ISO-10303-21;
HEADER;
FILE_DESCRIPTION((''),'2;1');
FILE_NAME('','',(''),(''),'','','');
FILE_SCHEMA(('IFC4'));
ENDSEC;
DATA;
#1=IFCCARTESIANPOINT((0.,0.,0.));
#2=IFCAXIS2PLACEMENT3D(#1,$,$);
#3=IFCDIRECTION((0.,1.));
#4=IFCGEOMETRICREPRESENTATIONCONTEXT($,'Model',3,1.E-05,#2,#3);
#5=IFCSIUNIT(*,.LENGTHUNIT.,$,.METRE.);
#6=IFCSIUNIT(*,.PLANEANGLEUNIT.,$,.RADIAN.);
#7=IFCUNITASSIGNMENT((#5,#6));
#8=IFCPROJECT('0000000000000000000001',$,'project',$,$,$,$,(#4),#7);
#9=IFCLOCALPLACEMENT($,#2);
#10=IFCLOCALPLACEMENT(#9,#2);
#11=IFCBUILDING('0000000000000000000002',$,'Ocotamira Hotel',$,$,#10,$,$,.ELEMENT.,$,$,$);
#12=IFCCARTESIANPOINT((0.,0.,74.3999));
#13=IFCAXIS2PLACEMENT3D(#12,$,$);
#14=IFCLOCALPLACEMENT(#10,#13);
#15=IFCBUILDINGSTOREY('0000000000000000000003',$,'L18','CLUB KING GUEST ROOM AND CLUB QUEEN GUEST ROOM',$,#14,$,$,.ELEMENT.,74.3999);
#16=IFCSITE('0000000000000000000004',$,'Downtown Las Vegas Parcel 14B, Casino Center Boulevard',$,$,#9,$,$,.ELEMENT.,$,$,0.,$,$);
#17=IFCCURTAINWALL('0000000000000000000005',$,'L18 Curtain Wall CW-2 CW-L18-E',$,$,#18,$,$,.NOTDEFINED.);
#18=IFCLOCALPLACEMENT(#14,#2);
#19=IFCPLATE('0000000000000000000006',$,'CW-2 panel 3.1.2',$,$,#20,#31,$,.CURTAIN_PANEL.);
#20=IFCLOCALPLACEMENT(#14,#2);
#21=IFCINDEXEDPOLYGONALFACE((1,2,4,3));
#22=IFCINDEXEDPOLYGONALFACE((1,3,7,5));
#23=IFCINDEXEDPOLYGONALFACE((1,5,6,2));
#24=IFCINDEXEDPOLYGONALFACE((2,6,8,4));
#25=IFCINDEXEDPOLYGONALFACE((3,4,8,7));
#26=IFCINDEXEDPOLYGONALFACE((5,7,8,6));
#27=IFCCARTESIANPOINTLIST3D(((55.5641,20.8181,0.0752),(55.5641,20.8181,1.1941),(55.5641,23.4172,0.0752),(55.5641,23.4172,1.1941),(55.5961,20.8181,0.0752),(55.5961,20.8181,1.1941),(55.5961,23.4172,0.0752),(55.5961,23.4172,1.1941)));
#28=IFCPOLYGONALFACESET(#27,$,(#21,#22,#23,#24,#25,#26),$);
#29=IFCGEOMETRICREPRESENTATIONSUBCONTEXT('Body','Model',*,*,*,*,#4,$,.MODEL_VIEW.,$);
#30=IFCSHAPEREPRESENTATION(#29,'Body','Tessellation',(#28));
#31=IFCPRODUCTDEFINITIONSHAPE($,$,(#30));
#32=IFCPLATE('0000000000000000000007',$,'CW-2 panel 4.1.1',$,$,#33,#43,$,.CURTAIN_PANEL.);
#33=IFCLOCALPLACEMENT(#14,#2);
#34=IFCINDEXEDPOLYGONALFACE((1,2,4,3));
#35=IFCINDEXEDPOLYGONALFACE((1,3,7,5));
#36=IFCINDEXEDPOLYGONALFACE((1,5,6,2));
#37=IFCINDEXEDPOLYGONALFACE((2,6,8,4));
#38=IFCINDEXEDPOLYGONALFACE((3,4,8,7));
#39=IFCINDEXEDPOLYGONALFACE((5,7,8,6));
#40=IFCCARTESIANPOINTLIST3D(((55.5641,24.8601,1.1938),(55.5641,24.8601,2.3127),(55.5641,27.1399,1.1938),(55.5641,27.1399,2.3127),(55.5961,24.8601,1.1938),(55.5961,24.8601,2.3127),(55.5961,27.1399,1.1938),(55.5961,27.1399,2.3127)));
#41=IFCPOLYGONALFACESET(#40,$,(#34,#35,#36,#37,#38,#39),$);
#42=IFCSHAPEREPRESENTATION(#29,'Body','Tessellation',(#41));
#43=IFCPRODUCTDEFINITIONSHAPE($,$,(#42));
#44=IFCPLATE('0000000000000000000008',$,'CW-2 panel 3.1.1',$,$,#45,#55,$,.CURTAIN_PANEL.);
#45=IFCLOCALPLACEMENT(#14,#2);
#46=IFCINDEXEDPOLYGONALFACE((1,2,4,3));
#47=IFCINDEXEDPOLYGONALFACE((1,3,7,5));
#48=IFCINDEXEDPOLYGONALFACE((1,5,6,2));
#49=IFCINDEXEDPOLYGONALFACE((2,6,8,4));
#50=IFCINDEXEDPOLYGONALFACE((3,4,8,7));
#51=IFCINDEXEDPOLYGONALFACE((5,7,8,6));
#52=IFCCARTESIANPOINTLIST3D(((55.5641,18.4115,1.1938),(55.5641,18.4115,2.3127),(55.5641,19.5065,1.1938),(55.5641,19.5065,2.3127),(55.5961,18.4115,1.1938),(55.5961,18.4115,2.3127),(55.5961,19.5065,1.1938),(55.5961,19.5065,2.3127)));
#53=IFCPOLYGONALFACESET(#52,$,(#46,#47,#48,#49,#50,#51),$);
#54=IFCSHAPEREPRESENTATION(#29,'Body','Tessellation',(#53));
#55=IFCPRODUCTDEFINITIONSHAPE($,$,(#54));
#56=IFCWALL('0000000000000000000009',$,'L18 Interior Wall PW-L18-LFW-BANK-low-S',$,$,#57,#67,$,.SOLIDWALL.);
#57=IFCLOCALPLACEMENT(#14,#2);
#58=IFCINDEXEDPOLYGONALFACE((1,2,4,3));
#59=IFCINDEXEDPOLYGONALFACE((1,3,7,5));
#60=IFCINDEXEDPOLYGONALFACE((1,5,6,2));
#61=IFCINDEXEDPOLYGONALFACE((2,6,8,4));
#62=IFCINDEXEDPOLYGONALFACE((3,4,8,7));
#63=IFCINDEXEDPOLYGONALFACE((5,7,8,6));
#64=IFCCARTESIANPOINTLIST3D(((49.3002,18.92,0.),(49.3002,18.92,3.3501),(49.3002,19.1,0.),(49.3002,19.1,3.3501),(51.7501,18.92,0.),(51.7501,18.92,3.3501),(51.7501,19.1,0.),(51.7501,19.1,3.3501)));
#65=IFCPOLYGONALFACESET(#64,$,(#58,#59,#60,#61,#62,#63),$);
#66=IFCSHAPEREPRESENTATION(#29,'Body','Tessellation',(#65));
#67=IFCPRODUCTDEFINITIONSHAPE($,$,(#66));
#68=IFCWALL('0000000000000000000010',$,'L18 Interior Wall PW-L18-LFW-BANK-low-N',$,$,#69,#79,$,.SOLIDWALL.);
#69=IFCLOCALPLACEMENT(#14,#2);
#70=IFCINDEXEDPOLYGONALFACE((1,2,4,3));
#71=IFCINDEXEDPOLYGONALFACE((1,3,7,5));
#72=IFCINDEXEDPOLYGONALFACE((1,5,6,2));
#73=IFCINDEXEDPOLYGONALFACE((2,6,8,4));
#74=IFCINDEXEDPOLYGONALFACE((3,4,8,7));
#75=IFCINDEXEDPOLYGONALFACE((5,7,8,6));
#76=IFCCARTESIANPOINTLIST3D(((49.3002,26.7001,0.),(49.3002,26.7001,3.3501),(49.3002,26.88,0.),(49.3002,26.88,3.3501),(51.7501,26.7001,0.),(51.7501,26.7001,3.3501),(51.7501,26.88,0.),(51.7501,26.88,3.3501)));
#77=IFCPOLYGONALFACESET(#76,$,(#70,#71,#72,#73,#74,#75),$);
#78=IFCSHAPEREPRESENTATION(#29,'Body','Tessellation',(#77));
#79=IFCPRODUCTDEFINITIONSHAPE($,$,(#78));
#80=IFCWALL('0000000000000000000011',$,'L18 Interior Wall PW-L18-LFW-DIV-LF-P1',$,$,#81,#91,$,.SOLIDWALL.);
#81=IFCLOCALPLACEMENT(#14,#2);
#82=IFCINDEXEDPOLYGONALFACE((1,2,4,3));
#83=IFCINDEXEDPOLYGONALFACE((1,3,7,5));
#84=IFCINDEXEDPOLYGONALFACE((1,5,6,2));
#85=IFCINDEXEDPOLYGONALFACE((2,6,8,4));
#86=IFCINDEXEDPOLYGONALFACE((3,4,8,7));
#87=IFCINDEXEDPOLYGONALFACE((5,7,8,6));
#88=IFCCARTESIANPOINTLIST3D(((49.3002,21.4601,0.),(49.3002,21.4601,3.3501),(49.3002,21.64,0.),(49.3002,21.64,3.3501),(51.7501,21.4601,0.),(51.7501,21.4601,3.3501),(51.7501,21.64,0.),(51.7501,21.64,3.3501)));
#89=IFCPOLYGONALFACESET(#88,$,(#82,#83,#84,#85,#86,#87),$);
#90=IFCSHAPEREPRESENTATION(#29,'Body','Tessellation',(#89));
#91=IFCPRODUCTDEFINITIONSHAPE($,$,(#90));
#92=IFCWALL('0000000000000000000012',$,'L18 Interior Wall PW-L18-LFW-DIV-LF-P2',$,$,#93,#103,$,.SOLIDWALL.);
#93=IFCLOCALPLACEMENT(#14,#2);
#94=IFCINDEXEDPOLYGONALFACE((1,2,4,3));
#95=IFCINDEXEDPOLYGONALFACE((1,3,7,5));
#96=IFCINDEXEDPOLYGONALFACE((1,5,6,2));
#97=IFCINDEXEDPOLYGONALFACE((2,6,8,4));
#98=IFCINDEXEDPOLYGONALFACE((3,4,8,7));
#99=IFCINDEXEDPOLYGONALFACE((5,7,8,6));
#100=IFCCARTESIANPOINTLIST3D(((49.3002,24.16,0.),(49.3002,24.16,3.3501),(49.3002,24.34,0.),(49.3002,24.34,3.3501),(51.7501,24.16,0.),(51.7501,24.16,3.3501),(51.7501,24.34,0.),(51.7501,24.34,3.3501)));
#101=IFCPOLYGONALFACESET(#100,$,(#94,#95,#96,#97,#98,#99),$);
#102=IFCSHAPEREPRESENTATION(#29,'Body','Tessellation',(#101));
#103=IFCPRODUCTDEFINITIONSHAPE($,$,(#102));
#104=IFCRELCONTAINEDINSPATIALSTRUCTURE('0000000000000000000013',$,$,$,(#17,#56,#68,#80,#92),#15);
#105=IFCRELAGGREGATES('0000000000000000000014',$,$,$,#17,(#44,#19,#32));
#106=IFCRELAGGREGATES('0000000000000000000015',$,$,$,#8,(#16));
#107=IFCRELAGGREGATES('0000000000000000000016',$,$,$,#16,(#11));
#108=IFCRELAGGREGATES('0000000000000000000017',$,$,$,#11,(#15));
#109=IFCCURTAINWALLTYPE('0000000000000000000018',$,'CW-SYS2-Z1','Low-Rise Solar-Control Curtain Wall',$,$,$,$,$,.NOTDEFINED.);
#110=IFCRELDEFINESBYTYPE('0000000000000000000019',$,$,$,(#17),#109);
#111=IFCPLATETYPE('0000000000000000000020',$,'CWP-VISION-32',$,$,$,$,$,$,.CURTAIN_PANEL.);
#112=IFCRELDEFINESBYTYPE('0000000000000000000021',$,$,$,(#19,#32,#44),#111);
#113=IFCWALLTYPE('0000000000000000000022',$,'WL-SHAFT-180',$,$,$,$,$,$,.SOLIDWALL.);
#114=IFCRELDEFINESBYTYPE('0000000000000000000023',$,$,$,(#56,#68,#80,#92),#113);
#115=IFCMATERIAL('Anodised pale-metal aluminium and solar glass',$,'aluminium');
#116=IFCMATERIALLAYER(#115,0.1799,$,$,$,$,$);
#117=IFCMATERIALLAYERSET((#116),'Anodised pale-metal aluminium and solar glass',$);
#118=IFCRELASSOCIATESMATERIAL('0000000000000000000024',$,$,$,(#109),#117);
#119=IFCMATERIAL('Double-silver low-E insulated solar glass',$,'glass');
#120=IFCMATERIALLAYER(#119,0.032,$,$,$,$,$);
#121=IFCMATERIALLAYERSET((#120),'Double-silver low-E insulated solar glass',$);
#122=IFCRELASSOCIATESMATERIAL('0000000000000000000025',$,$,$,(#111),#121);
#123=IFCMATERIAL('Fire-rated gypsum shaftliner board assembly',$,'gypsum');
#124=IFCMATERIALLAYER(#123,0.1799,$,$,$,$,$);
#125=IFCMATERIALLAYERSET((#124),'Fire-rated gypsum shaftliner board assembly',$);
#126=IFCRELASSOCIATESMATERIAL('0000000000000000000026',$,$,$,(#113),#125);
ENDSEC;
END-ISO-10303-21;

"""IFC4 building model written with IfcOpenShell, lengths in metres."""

from ifc_helpers import new_model, si_unit, direction, frame, frame_2d, origin, origin_2d, place, context, subcontext, project, spatial, rectangle, extrude, source, transform, mapped, material, layer, layer_set, type_object, element, aggregate, save


model = new_model("IFC4")

# Units and contexts
model_context = context("Model", 3, precision=1e-05, world=origin(), true_north=direction((0.0, 1.0)))
body_context = subcontext(model_context, "Body", "Model", "MODEL_VIEW")
ifc_project = project(units=[si_unit("LENGTHUNIT", "METRE"), si_unit("PLANEANGLEUNIT", "RADIAN")], contexts=[model_context])

# Site, building, storey
site_placement = place(None, origin())
site = spatial("IfcSite", under=ifc_project, at=site_placement, Name="Downtown Las Vegas Parcel 14B, Casino Center Boulevard", CompositionType="ELEMENT", RefElevation=0.0)
building_placement = place(site_placement, origin())
building = spatial("IfcBuilding", under=site, at=building_placement, Name="Ocotamira Hotel", CompositionType="ELEMENT")
storey_placement = place(building_placement, frame((0.0, 0.0, 74.3999)))
storey = spatial("IfcBuildingStorey", under=building, at=storey_placement, Name="L18", Description="CLUB KING GUEST ROOM AND CLUB QUEEN GUEST ROOM", CompositionType="ELEMENT", Elevation=74.3999)

# Curtain wall
ifc_material_1 = material(Name="Anodised pale-metal aluminium and solar glass", Category="aluminium")
ifc_layer_1 = layer(ifc_material_1, 0.1799)
ifc_layer_set_1 = layer_set([ifc_layer_1], Name="Anodised pale-metal aluminium and solar glass")
curtain_wall_type = type_object("IfcCurtainWallType", Name="CW-SYS2-Z1", Description="Low-Rise Solar-Control Curtain Wall", PredefinedType="NOTDEFINED", material=ifc_layer_set_1)
curtain_wall_placement = place(storey_placement, origin())
curtain_wall = element("IfcCurtainWall", 1, at=curtain_wall_placement, inside=storey, type_object=curtain_wall_type, Name="L18 Curtain Wall CW-2 CW-L18-E", PredefinedType="NOTDEFINED")

# Plates
ifc_material_2 = material(Name="Double-silver low-E insulated solar glass", Category="glass")
ifc_layer_2 = layer(ifc_material_2, 0.032)
ifc_layer_set_2 = layer_set([ifc_layer_2], Name="Double-silver low-E insulated solar glass")
plate_type_1 = type_object("IfcPlateType", Name="CWP-VISION-32", PredefinedType="CURTAIN_PANEL", material=ifc_layer_set_2)
shared_shape_1 = source(origin(), body_context, "Body", "SweptSolid", [
    extrude(rectangle(XDim=2.5991, YDim=0.032, at=origin_2d()), origin(), (0.0, 0.0, 1.0), 1.1189),
])
plate_1_placement = place(storey_placement, frame((55.5801, 22.1177, 0.0752), z_axis=(0.0, 0.0, 1.0), x_axis=(0.0, 1.0, 0.0)))
plate_1 = element("IfcPlate", 2, at=plate_1_placement, type_object=plate_type_1, Name="CW-2 panel 3.1.2", PredefinedType="CURTAIN_PANEL", context=body_context, shape_type="MappedRepresentation", body=[
    mapped(shared_shape_1, transform((0.0, 0.0, 0.0), scale=1.0)),
])
shared_shape_2 = source(origin(), body_context, "Body", "SweptSolid", [
    extrude(rectangle(XDim=2.2798, YDim=0.032, at=origin_2d()), origin(), (0.0, 0.0, 1.0), 1.1189),
])
plate_2_placement = place(storey_placement, frame((55.5801, 26.0, 1.1938), z_axis=(0.0, 0.0, 1.0), x_axis=(0.0, 1.0, 0.0)))
plate_2 = element("IfcPlate", 3, at=plate_2_placement, type_object=plate_type_1, Name="CW-2 panel 4.1.1", PredefinedType="CURTAIN_PANEL", context=body_context, shape_type="MappedRepresentation", body=[
    mapped(shared_shape_2, transform((0.0, 0.0, 0.0), scale=1.0)),
])
shared_shape_3 = source(origin(), body_context, "Body", "SweptSolid", [
    extrude(rectangle(XDim=1.095, YDim=0.032, at=origin_2d()), origin(), (0.0, 0.0, 1.0), 1.1189),
])
plate_3_placement = place(storey_placement, frame((55.5801, 18.959, 1.1938), z_axis=(0.0, 0.0, 1.0), x_axis=(0.0, 1.0, 0.0)))
plate_3 = element("IfcPlate", 4, at=plate_3_placement, type_object=plate_type_1, Name="CW-2 panel 3.1.1", PredefinedType="CURTAIN_PANEL", context=body_context, shape_type="MappedRepresentation", body=[
    mapped(shared_shape_3, transform((0.0, 0.0, 0.0), scale=1.0)),
])
aggregate(curtain_wall, [plate_3, plate_1, plate_2])

# Walls
ifc_material_3 = material(Name="Fire-rated gypsum shaftliner board assembly", Category="gypsum")
ifc_layer_3 = layer(ifc_material_3, 0.1799)
ifc_layer_set_3 = layer_set([ifc_layer_3], Name="Fire-rated gypsum shaftliner board assembly")
wall_type = type_object("IfcWallType", Name="WL-SHAFT-180", PredefinedType="SOLIDWALL", material=ifc_layer_set_3)
for number, where, z_axis, x_axis, name in (
    (5, (49.3, 19.01, 0.0), (0.0, 0.0, 1.0), (1.0, 0.0, 0.0), "L18 Interior Wall PW-L18-LFW-BANK-low-S"),
    (6, (49.3, 26.79, 0.0), (0.0, 0.0, 1.0), (1.0, 0.0, 0.0), "L18 Interior Wall PW-L18-LFW-BANK-low-N"),
    (7, (49.3, 21.55, 0.0), (0.0, 0.0, 1.0), (1.0, 0.0, 0.0), "L18 Interior Wall PW-L18-LFW-DIV-LF-P1"),
    (8, (49.3, 24.25, 0.0), (0.0, 0.0, 1.0), (1.0, 0.0, 0.0), "L18 Interior Wall PW-L18-LFW-DIV-LF-P2"),
):
    element("IfcWall", number, at=place(storey_placement, frame(where, z_axis=z_axis, x_axis=x_axis)), inside=storey, type_object=wall_type, Name=name, PredefinedType="SOLIDWALL", context=body_context, shape_type="SweptSolid", body=[
        extrude(rectangle(XDim=2.45, YDim=0.1799, at=frame_2d((1.2251, 0.0))), origin(), (0.0, 0.0, 1.0), 3.3501),
    ])

save(model, "model.ifc")
